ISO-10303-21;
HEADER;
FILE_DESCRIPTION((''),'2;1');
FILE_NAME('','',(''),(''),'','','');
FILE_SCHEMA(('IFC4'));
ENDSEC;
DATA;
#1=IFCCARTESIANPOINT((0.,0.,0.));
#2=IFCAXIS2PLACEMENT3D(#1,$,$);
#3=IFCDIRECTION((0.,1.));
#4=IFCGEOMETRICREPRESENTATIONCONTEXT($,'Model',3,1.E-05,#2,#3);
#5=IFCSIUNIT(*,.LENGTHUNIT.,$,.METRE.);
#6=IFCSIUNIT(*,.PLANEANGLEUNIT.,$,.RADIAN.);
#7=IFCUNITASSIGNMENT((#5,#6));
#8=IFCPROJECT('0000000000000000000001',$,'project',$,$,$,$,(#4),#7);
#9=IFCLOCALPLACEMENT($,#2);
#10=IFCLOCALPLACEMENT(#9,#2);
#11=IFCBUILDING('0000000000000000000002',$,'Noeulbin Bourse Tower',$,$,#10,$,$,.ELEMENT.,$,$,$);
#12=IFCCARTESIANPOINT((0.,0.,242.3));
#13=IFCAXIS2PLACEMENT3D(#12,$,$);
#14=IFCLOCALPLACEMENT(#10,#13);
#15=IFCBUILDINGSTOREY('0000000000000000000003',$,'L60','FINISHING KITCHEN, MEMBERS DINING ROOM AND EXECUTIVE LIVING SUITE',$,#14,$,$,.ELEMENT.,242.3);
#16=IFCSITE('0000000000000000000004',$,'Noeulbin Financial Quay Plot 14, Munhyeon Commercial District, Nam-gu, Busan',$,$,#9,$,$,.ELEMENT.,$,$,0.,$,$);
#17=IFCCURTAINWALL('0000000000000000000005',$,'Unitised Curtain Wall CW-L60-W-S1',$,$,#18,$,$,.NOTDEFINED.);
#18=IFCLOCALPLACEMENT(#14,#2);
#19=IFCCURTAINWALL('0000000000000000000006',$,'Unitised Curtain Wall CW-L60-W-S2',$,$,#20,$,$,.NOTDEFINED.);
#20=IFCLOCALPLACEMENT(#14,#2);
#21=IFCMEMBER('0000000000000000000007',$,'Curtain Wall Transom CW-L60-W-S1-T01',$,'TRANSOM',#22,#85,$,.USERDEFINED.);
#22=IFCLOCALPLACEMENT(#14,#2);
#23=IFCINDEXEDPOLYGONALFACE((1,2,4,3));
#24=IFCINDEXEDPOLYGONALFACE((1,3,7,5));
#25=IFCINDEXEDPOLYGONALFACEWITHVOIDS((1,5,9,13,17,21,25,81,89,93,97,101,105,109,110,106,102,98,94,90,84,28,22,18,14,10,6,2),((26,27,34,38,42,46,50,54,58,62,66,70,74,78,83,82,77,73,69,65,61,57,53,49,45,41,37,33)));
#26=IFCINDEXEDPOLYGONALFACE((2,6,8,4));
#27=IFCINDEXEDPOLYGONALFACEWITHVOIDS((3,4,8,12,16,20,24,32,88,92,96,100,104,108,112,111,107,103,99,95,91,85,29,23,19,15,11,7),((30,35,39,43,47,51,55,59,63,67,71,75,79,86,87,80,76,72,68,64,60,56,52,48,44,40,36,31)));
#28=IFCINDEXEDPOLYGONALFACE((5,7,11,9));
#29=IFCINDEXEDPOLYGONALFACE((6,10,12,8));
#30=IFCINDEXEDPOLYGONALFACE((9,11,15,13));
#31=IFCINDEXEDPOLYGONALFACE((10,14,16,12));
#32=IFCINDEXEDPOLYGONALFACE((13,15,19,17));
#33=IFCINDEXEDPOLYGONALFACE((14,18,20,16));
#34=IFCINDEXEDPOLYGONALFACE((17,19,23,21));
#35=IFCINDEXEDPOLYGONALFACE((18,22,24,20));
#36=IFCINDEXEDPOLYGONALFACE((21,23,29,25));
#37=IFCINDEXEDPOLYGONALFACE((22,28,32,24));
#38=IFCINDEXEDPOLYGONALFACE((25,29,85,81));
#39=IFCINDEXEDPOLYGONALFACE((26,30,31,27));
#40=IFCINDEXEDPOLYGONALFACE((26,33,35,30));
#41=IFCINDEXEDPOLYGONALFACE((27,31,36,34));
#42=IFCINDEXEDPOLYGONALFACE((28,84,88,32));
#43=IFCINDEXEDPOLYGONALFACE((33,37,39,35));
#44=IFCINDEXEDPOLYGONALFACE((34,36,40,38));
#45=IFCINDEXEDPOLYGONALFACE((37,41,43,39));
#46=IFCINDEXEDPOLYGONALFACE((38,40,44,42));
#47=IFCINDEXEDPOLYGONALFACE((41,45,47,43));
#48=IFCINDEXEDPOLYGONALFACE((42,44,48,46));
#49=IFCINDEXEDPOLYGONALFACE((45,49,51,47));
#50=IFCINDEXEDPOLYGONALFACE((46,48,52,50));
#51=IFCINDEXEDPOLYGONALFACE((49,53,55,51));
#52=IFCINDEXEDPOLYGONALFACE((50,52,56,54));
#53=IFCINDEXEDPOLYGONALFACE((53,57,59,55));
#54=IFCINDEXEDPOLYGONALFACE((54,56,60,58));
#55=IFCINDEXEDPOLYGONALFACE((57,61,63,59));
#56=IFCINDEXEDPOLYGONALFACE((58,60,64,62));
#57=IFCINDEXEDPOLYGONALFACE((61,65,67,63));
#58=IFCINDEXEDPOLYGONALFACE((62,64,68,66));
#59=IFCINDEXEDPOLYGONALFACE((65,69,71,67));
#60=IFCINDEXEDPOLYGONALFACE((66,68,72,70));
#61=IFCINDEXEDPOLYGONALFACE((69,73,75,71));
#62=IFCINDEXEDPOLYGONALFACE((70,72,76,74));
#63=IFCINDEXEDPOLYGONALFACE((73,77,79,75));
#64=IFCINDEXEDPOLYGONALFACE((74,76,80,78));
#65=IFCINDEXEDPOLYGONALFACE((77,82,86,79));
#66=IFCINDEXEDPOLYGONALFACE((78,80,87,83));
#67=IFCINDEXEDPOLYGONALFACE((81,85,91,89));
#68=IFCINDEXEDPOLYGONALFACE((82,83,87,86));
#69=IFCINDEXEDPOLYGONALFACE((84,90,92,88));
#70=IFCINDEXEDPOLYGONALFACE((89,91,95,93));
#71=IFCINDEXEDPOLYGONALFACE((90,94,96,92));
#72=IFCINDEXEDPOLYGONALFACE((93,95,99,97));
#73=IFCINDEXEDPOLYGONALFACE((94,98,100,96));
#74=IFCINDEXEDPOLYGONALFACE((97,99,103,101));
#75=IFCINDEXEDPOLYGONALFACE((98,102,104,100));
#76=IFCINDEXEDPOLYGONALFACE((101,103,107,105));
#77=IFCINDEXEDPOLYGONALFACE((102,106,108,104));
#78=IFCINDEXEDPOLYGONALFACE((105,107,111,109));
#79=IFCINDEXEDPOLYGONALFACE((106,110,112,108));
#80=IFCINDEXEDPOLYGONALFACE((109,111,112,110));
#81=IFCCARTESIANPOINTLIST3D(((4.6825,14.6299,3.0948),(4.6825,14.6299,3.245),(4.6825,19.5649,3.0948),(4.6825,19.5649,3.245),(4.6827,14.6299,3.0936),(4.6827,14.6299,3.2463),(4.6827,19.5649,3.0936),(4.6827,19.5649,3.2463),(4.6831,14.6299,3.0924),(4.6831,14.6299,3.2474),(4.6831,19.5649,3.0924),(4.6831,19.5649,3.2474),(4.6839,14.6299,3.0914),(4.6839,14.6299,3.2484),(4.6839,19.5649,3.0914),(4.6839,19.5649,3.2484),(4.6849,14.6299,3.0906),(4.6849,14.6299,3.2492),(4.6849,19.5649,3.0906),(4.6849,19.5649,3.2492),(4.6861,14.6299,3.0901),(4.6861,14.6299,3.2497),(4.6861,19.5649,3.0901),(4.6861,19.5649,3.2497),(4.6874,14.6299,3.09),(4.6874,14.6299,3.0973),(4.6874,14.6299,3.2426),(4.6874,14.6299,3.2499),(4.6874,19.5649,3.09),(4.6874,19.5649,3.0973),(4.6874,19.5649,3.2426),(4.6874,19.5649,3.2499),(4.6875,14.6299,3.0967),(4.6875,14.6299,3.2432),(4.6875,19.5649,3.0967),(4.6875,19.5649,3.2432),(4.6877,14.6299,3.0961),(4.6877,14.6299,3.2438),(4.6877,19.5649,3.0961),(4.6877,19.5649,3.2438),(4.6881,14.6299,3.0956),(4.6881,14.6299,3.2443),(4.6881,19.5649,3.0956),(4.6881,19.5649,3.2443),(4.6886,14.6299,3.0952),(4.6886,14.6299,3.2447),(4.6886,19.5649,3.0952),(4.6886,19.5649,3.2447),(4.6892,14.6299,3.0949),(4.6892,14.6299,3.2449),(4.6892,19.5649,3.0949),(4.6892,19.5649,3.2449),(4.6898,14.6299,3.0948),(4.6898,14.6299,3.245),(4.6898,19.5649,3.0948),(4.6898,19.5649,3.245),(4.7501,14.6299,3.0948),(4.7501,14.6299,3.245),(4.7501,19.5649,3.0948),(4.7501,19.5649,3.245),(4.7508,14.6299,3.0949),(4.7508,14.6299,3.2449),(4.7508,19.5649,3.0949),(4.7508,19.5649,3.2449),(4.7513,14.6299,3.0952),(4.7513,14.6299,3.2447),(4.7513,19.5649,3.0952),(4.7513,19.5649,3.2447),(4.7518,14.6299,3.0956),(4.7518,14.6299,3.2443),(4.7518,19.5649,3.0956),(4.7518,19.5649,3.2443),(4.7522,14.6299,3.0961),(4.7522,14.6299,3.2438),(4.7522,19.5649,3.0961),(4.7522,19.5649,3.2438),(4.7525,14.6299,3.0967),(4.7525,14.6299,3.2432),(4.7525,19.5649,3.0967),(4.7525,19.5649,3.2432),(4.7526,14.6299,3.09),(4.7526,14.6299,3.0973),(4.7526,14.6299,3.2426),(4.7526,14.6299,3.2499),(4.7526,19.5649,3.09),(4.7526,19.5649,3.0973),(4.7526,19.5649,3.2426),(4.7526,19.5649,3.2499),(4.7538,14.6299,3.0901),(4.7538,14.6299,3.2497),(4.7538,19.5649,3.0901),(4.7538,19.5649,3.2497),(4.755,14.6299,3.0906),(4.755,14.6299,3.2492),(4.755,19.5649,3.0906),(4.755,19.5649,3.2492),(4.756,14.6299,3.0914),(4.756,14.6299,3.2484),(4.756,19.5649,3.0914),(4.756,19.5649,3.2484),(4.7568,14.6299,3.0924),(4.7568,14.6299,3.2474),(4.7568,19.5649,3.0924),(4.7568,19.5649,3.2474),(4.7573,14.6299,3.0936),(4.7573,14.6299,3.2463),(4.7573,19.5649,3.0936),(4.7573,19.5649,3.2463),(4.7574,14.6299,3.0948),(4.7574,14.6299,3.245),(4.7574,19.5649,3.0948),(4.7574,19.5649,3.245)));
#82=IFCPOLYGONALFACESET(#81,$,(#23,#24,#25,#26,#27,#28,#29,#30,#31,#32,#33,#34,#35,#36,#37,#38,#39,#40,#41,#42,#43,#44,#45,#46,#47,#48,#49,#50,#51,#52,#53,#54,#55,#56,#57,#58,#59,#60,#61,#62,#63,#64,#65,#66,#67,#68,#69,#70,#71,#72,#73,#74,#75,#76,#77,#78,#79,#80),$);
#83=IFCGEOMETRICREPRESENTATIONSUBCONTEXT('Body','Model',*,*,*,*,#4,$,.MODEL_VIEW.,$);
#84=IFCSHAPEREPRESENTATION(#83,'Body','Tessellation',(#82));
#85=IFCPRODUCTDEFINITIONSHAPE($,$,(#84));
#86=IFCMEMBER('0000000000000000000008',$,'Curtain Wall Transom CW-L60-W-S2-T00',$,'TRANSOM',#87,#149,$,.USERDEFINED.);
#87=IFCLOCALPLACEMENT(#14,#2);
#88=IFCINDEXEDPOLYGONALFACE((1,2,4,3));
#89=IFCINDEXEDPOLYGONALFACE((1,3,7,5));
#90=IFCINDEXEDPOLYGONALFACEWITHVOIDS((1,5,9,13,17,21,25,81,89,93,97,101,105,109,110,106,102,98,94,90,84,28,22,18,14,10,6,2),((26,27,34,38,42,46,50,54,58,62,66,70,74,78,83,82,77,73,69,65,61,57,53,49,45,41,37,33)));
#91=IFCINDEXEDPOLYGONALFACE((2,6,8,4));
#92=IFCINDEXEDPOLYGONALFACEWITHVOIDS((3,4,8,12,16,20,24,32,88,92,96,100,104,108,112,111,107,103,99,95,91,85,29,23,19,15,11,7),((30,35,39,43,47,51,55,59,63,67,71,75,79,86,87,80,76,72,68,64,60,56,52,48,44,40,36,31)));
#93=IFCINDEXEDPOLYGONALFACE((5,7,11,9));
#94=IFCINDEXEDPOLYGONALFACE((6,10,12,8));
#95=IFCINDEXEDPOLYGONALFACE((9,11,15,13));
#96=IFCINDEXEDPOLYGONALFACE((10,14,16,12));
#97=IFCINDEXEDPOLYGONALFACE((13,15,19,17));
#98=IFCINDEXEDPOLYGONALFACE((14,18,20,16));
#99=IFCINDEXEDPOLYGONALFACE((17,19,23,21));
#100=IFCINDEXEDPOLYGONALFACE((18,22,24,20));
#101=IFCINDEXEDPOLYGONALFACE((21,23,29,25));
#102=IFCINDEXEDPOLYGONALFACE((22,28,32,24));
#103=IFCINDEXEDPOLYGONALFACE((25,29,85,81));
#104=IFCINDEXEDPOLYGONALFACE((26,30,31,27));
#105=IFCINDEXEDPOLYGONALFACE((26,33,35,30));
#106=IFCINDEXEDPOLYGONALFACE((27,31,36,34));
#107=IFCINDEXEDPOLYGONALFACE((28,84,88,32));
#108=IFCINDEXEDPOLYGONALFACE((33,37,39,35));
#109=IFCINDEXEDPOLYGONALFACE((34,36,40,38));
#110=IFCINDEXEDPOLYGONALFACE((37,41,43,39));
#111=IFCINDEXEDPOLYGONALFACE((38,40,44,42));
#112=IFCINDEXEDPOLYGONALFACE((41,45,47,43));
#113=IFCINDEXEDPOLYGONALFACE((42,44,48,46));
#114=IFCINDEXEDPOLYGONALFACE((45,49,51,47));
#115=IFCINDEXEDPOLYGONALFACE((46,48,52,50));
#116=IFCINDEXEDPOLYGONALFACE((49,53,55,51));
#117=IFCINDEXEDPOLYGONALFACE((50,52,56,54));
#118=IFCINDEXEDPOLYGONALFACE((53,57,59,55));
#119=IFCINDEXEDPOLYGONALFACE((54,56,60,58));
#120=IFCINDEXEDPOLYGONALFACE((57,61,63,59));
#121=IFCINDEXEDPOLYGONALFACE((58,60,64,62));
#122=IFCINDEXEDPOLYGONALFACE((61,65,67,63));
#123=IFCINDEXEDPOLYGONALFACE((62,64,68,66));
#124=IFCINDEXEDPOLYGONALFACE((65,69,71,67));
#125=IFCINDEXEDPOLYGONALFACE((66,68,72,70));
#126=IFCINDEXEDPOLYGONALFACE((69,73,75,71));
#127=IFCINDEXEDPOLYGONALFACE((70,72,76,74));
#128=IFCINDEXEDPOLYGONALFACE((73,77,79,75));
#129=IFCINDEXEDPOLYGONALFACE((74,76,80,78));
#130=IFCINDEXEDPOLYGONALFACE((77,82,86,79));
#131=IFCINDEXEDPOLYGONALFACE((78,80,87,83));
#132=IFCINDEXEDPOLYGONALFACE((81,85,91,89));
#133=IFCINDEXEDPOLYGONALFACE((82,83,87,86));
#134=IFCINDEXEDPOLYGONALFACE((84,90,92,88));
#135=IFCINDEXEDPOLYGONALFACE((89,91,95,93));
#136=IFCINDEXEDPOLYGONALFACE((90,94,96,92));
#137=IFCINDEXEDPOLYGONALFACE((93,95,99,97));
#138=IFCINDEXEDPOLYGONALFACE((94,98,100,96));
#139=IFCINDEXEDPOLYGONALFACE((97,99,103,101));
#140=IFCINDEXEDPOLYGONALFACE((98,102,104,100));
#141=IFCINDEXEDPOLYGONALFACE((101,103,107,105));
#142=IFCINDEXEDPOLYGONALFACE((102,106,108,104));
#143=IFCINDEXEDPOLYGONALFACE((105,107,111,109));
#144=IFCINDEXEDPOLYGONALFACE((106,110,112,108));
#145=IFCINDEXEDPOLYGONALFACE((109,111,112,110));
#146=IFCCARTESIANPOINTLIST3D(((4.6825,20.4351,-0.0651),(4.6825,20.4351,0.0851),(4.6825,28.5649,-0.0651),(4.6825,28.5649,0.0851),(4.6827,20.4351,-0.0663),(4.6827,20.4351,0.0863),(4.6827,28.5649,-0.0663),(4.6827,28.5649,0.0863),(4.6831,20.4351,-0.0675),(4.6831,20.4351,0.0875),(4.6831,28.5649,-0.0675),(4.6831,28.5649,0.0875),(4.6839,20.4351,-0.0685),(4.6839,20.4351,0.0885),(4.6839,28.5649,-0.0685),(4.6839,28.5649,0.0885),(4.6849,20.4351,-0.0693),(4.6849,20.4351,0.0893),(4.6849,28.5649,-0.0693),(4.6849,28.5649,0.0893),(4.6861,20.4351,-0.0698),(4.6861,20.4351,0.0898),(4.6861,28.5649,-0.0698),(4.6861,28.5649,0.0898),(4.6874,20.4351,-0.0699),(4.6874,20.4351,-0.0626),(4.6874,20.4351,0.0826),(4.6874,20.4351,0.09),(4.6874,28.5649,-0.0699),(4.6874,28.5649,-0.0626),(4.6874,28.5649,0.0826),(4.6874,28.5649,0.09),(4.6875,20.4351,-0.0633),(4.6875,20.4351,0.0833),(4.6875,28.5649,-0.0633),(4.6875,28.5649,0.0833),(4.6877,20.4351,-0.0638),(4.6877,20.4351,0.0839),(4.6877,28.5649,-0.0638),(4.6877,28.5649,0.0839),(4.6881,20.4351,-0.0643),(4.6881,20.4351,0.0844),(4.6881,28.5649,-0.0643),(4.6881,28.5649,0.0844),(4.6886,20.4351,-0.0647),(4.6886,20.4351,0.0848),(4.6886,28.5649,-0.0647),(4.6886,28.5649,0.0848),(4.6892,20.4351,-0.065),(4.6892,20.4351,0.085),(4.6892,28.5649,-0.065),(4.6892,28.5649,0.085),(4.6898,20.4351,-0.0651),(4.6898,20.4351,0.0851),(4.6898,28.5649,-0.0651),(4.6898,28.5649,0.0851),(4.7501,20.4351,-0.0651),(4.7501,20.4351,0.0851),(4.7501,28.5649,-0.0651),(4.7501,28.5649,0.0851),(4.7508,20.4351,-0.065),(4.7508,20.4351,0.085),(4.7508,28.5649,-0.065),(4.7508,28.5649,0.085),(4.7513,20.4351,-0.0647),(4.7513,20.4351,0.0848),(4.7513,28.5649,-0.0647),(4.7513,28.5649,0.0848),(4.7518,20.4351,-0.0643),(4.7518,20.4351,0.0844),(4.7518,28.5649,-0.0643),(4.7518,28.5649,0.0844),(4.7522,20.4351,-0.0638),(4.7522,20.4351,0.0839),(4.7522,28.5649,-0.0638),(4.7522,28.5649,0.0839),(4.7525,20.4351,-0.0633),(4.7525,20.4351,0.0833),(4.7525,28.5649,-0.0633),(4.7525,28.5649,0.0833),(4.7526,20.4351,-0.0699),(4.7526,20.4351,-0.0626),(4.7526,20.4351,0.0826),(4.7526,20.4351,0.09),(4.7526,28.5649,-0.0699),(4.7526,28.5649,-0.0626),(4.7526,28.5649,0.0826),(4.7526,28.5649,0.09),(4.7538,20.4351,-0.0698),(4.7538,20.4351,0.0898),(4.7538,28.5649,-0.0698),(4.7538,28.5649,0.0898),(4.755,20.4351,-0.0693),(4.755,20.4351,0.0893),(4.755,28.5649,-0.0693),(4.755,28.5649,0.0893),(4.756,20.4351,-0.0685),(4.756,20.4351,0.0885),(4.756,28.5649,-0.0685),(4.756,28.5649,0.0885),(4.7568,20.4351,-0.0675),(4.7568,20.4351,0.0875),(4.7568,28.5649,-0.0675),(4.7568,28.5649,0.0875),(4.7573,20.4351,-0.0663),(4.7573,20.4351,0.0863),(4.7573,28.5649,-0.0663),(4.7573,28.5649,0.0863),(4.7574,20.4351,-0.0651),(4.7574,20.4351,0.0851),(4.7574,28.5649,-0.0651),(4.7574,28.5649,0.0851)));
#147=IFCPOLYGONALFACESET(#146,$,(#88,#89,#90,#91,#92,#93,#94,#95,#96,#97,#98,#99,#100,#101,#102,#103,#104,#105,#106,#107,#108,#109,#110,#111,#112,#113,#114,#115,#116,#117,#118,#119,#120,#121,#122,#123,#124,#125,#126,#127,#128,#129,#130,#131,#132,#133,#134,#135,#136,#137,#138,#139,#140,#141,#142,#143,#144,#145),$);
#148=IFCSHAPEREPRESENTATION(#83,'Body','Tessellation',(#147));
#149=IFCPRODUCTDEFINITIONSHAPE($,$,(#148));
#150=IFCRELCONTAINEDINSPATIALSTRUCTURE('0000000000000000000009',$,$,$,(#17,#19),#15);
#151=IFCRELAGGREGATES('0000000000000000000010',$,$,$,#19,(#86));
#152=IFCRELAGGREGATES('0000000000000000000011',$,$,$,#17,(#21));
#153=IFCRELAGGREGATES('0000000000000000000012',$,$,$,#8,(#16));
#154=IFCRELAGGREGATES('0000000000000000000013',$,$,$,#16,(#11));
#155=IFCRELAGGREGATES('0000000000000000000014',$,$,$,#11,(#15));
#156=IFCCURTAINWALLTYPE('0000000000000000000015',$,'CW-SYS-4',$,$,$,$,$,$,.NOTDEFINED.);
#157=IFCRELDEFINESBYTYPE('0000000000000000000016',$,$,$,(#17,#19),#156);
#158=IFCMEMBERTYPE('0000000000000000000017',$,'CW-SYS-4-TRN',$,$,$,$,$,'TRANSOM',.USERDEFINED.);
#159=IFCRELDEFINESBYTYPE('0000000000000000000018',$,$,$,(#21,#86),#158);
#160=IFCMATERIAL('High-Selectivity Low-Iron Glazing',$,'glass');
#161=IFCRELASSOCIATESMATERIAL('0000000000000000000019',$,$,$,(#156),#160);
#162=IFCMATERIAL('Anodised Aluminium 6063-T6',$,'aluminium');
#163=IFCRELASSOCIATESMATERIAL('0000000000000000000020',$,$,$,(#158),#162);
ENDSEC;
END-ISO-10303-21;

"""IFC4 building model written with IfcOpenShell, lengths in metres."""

from ifc_helpers import new_model, si_unit, direction, frame, origin, origin_2d, place, context, subcontext, project, spatial, hollow_rectangle, extrude, material, material_profile, profile_set, type_object, element, aggregate, save


model = new_model("IFC4")

# Units and contexts
model_context = context("Model", 3, precision=1e-05, world=origin(), true_north=direction((0.0, 1.0)))
body_context = subcontext(model_context, "Body", "Model", "MODEL_VIEW")
ifc_project = project(units=[si_unit("LENGTHUNIT", "METRE"), si_unit("PLANEANGLEUNIT", "RADIAN")], contexts=[model_context])

# Site, building, storey
site_placement = place(None, origin())
site = spatial("IfcSite", under=ifc_project, at=site_placement, Name="Noeulbin Financial Quay Plot 14, Munhyeon Commercial District, Nam-gu, Busan", CompositionType="ELEMENT", RefElevation=0.0)
building_placement = place(site_placement, origin())
building = spatial("IfcBuilding", under=site, at=building_placement, Name="Noeulbin Bourse Tower", CompositionType="ELEMENT")
storey_placement = place(building_placement, frame((0.0, 0.0, 242.3)))
storey = spatial("IfcBuildingStorey", under=building, at=storey_placement, Name="L60", Description="FINISHING KITCHEN, MEMBERS DINING ROOM AND EXECUTIVE LIVING SUITE", CompositionType="ELEMENT", Elevation=242.3)

# Curtain wall
ifc_material_1 = material(Name="High-Selectivity Low-Iron Glazing", Category="glass")
curtain_wall_type = type_object("IfcCurtainWallType", Name="CW-SYS-4", PredefinedType="NOTDEFINED", material=ifc_material_1)
curtain_wall_1_placement = place(storey_placement, origin())
curtain_wall_1 = element("IfcCurtainWall", 1, at=curtain_wall_1_placement, inside=storey, type_object=curtain_wall_type, Name="Unitised Curtain Wall CW-L60-W-S1", PredefinedType="NOTDEFINED")
ifc_material_2 = material(Name="Anodised Aluminium 6063-T6", Category="aluminium")

# Curtain wall
curtain_wall_2_placement = place(storey_placement, origin())
curtain_wall_2 = element("IfcCurtainWall", 2, at=curtain_wall_2_placement, inside=storey, type_object=curtain_wall_type, Name="Unitised Curtain Wall CW-L60-W-S2", PredefinedType="NOTDEFINED")

# Members
ifc_material_profile_1 = material_profile(ifc_material_2, hollow_rectangle(XDim=0.075, YDim=0.1599, WallThickness=0.0049, InnerFilletRadius=0.0024, OuterFilletRadius=0.0049, at=origin_2d()), Name="ALU-TRAN-75x160x5", Category="LoadBearing")
ifc_profile_set_1 = profile_set([ifc_material_profile_1], Name="Anodised Aluminium 6063-T6")
member_type_1 = type_object("IfcMemberType", Name="CW-SYS-4-TRN", ElementType="TRANSOM", PredefinedType="USERDEFINED", material=ifc_profile_set_1)
member_1_placement = place(storey_placement, frame((4.72, 14.6299, 3.1699), z_axis=(0.0, 1.0, 0.0), x_axis=(-1.0, 0.0, 0.0)))
member_1 = element("IfcMember", 3, at=member_1_placement, type_object=member_type_1, Name="Curtain Wall Transom CW-L60-W-S1-T01", ObjectType="TRANSOM", PredefinedType="USERDEFINED", context=body_context, shape_type="SweptSolid", body=[
    extrude(hollow_rectangle(XDim=0.075, YDim=0.1599, WallThickness=0.0049, InnerFilletRadius=0.0024, OuterFilletRadius=0.0049, at=origin_2d()), origin(), (0.0, 0.0, 1.0), 4.9351),
])
member_2_placement = place(storey_placement, frame((4.72, 20.4351, 0.01), z_axis=(0.0, 1.0, 0.0), x_axis=(-1.0, 0.0, 0.0)))
member_2 = element("IfcMember", 4, at=member_2_placement, type_object=member_type_1, Name="Curtain Wall Transom CW-L60-W-S2-T00", ObjectType="TRANSOM", PredefinedType="USERDEFINED", context=body_context, shape_type="SweptSolid", body=[
    extrude(hollow_rectangle(XDim=0.075, YDim=0.1599, WallThickness=0.0049, InnerFilletRadius=0.0024, OuterFilletRadius=0.0049, at=origin_2d()), origin(), (0.0, 0.0, 1.0), 8.1299),
])
aggregate(curtain_wall_2, [member_2])

aggregate(curtain_wall_1, [member_1])

save(model, "model.ifc")
